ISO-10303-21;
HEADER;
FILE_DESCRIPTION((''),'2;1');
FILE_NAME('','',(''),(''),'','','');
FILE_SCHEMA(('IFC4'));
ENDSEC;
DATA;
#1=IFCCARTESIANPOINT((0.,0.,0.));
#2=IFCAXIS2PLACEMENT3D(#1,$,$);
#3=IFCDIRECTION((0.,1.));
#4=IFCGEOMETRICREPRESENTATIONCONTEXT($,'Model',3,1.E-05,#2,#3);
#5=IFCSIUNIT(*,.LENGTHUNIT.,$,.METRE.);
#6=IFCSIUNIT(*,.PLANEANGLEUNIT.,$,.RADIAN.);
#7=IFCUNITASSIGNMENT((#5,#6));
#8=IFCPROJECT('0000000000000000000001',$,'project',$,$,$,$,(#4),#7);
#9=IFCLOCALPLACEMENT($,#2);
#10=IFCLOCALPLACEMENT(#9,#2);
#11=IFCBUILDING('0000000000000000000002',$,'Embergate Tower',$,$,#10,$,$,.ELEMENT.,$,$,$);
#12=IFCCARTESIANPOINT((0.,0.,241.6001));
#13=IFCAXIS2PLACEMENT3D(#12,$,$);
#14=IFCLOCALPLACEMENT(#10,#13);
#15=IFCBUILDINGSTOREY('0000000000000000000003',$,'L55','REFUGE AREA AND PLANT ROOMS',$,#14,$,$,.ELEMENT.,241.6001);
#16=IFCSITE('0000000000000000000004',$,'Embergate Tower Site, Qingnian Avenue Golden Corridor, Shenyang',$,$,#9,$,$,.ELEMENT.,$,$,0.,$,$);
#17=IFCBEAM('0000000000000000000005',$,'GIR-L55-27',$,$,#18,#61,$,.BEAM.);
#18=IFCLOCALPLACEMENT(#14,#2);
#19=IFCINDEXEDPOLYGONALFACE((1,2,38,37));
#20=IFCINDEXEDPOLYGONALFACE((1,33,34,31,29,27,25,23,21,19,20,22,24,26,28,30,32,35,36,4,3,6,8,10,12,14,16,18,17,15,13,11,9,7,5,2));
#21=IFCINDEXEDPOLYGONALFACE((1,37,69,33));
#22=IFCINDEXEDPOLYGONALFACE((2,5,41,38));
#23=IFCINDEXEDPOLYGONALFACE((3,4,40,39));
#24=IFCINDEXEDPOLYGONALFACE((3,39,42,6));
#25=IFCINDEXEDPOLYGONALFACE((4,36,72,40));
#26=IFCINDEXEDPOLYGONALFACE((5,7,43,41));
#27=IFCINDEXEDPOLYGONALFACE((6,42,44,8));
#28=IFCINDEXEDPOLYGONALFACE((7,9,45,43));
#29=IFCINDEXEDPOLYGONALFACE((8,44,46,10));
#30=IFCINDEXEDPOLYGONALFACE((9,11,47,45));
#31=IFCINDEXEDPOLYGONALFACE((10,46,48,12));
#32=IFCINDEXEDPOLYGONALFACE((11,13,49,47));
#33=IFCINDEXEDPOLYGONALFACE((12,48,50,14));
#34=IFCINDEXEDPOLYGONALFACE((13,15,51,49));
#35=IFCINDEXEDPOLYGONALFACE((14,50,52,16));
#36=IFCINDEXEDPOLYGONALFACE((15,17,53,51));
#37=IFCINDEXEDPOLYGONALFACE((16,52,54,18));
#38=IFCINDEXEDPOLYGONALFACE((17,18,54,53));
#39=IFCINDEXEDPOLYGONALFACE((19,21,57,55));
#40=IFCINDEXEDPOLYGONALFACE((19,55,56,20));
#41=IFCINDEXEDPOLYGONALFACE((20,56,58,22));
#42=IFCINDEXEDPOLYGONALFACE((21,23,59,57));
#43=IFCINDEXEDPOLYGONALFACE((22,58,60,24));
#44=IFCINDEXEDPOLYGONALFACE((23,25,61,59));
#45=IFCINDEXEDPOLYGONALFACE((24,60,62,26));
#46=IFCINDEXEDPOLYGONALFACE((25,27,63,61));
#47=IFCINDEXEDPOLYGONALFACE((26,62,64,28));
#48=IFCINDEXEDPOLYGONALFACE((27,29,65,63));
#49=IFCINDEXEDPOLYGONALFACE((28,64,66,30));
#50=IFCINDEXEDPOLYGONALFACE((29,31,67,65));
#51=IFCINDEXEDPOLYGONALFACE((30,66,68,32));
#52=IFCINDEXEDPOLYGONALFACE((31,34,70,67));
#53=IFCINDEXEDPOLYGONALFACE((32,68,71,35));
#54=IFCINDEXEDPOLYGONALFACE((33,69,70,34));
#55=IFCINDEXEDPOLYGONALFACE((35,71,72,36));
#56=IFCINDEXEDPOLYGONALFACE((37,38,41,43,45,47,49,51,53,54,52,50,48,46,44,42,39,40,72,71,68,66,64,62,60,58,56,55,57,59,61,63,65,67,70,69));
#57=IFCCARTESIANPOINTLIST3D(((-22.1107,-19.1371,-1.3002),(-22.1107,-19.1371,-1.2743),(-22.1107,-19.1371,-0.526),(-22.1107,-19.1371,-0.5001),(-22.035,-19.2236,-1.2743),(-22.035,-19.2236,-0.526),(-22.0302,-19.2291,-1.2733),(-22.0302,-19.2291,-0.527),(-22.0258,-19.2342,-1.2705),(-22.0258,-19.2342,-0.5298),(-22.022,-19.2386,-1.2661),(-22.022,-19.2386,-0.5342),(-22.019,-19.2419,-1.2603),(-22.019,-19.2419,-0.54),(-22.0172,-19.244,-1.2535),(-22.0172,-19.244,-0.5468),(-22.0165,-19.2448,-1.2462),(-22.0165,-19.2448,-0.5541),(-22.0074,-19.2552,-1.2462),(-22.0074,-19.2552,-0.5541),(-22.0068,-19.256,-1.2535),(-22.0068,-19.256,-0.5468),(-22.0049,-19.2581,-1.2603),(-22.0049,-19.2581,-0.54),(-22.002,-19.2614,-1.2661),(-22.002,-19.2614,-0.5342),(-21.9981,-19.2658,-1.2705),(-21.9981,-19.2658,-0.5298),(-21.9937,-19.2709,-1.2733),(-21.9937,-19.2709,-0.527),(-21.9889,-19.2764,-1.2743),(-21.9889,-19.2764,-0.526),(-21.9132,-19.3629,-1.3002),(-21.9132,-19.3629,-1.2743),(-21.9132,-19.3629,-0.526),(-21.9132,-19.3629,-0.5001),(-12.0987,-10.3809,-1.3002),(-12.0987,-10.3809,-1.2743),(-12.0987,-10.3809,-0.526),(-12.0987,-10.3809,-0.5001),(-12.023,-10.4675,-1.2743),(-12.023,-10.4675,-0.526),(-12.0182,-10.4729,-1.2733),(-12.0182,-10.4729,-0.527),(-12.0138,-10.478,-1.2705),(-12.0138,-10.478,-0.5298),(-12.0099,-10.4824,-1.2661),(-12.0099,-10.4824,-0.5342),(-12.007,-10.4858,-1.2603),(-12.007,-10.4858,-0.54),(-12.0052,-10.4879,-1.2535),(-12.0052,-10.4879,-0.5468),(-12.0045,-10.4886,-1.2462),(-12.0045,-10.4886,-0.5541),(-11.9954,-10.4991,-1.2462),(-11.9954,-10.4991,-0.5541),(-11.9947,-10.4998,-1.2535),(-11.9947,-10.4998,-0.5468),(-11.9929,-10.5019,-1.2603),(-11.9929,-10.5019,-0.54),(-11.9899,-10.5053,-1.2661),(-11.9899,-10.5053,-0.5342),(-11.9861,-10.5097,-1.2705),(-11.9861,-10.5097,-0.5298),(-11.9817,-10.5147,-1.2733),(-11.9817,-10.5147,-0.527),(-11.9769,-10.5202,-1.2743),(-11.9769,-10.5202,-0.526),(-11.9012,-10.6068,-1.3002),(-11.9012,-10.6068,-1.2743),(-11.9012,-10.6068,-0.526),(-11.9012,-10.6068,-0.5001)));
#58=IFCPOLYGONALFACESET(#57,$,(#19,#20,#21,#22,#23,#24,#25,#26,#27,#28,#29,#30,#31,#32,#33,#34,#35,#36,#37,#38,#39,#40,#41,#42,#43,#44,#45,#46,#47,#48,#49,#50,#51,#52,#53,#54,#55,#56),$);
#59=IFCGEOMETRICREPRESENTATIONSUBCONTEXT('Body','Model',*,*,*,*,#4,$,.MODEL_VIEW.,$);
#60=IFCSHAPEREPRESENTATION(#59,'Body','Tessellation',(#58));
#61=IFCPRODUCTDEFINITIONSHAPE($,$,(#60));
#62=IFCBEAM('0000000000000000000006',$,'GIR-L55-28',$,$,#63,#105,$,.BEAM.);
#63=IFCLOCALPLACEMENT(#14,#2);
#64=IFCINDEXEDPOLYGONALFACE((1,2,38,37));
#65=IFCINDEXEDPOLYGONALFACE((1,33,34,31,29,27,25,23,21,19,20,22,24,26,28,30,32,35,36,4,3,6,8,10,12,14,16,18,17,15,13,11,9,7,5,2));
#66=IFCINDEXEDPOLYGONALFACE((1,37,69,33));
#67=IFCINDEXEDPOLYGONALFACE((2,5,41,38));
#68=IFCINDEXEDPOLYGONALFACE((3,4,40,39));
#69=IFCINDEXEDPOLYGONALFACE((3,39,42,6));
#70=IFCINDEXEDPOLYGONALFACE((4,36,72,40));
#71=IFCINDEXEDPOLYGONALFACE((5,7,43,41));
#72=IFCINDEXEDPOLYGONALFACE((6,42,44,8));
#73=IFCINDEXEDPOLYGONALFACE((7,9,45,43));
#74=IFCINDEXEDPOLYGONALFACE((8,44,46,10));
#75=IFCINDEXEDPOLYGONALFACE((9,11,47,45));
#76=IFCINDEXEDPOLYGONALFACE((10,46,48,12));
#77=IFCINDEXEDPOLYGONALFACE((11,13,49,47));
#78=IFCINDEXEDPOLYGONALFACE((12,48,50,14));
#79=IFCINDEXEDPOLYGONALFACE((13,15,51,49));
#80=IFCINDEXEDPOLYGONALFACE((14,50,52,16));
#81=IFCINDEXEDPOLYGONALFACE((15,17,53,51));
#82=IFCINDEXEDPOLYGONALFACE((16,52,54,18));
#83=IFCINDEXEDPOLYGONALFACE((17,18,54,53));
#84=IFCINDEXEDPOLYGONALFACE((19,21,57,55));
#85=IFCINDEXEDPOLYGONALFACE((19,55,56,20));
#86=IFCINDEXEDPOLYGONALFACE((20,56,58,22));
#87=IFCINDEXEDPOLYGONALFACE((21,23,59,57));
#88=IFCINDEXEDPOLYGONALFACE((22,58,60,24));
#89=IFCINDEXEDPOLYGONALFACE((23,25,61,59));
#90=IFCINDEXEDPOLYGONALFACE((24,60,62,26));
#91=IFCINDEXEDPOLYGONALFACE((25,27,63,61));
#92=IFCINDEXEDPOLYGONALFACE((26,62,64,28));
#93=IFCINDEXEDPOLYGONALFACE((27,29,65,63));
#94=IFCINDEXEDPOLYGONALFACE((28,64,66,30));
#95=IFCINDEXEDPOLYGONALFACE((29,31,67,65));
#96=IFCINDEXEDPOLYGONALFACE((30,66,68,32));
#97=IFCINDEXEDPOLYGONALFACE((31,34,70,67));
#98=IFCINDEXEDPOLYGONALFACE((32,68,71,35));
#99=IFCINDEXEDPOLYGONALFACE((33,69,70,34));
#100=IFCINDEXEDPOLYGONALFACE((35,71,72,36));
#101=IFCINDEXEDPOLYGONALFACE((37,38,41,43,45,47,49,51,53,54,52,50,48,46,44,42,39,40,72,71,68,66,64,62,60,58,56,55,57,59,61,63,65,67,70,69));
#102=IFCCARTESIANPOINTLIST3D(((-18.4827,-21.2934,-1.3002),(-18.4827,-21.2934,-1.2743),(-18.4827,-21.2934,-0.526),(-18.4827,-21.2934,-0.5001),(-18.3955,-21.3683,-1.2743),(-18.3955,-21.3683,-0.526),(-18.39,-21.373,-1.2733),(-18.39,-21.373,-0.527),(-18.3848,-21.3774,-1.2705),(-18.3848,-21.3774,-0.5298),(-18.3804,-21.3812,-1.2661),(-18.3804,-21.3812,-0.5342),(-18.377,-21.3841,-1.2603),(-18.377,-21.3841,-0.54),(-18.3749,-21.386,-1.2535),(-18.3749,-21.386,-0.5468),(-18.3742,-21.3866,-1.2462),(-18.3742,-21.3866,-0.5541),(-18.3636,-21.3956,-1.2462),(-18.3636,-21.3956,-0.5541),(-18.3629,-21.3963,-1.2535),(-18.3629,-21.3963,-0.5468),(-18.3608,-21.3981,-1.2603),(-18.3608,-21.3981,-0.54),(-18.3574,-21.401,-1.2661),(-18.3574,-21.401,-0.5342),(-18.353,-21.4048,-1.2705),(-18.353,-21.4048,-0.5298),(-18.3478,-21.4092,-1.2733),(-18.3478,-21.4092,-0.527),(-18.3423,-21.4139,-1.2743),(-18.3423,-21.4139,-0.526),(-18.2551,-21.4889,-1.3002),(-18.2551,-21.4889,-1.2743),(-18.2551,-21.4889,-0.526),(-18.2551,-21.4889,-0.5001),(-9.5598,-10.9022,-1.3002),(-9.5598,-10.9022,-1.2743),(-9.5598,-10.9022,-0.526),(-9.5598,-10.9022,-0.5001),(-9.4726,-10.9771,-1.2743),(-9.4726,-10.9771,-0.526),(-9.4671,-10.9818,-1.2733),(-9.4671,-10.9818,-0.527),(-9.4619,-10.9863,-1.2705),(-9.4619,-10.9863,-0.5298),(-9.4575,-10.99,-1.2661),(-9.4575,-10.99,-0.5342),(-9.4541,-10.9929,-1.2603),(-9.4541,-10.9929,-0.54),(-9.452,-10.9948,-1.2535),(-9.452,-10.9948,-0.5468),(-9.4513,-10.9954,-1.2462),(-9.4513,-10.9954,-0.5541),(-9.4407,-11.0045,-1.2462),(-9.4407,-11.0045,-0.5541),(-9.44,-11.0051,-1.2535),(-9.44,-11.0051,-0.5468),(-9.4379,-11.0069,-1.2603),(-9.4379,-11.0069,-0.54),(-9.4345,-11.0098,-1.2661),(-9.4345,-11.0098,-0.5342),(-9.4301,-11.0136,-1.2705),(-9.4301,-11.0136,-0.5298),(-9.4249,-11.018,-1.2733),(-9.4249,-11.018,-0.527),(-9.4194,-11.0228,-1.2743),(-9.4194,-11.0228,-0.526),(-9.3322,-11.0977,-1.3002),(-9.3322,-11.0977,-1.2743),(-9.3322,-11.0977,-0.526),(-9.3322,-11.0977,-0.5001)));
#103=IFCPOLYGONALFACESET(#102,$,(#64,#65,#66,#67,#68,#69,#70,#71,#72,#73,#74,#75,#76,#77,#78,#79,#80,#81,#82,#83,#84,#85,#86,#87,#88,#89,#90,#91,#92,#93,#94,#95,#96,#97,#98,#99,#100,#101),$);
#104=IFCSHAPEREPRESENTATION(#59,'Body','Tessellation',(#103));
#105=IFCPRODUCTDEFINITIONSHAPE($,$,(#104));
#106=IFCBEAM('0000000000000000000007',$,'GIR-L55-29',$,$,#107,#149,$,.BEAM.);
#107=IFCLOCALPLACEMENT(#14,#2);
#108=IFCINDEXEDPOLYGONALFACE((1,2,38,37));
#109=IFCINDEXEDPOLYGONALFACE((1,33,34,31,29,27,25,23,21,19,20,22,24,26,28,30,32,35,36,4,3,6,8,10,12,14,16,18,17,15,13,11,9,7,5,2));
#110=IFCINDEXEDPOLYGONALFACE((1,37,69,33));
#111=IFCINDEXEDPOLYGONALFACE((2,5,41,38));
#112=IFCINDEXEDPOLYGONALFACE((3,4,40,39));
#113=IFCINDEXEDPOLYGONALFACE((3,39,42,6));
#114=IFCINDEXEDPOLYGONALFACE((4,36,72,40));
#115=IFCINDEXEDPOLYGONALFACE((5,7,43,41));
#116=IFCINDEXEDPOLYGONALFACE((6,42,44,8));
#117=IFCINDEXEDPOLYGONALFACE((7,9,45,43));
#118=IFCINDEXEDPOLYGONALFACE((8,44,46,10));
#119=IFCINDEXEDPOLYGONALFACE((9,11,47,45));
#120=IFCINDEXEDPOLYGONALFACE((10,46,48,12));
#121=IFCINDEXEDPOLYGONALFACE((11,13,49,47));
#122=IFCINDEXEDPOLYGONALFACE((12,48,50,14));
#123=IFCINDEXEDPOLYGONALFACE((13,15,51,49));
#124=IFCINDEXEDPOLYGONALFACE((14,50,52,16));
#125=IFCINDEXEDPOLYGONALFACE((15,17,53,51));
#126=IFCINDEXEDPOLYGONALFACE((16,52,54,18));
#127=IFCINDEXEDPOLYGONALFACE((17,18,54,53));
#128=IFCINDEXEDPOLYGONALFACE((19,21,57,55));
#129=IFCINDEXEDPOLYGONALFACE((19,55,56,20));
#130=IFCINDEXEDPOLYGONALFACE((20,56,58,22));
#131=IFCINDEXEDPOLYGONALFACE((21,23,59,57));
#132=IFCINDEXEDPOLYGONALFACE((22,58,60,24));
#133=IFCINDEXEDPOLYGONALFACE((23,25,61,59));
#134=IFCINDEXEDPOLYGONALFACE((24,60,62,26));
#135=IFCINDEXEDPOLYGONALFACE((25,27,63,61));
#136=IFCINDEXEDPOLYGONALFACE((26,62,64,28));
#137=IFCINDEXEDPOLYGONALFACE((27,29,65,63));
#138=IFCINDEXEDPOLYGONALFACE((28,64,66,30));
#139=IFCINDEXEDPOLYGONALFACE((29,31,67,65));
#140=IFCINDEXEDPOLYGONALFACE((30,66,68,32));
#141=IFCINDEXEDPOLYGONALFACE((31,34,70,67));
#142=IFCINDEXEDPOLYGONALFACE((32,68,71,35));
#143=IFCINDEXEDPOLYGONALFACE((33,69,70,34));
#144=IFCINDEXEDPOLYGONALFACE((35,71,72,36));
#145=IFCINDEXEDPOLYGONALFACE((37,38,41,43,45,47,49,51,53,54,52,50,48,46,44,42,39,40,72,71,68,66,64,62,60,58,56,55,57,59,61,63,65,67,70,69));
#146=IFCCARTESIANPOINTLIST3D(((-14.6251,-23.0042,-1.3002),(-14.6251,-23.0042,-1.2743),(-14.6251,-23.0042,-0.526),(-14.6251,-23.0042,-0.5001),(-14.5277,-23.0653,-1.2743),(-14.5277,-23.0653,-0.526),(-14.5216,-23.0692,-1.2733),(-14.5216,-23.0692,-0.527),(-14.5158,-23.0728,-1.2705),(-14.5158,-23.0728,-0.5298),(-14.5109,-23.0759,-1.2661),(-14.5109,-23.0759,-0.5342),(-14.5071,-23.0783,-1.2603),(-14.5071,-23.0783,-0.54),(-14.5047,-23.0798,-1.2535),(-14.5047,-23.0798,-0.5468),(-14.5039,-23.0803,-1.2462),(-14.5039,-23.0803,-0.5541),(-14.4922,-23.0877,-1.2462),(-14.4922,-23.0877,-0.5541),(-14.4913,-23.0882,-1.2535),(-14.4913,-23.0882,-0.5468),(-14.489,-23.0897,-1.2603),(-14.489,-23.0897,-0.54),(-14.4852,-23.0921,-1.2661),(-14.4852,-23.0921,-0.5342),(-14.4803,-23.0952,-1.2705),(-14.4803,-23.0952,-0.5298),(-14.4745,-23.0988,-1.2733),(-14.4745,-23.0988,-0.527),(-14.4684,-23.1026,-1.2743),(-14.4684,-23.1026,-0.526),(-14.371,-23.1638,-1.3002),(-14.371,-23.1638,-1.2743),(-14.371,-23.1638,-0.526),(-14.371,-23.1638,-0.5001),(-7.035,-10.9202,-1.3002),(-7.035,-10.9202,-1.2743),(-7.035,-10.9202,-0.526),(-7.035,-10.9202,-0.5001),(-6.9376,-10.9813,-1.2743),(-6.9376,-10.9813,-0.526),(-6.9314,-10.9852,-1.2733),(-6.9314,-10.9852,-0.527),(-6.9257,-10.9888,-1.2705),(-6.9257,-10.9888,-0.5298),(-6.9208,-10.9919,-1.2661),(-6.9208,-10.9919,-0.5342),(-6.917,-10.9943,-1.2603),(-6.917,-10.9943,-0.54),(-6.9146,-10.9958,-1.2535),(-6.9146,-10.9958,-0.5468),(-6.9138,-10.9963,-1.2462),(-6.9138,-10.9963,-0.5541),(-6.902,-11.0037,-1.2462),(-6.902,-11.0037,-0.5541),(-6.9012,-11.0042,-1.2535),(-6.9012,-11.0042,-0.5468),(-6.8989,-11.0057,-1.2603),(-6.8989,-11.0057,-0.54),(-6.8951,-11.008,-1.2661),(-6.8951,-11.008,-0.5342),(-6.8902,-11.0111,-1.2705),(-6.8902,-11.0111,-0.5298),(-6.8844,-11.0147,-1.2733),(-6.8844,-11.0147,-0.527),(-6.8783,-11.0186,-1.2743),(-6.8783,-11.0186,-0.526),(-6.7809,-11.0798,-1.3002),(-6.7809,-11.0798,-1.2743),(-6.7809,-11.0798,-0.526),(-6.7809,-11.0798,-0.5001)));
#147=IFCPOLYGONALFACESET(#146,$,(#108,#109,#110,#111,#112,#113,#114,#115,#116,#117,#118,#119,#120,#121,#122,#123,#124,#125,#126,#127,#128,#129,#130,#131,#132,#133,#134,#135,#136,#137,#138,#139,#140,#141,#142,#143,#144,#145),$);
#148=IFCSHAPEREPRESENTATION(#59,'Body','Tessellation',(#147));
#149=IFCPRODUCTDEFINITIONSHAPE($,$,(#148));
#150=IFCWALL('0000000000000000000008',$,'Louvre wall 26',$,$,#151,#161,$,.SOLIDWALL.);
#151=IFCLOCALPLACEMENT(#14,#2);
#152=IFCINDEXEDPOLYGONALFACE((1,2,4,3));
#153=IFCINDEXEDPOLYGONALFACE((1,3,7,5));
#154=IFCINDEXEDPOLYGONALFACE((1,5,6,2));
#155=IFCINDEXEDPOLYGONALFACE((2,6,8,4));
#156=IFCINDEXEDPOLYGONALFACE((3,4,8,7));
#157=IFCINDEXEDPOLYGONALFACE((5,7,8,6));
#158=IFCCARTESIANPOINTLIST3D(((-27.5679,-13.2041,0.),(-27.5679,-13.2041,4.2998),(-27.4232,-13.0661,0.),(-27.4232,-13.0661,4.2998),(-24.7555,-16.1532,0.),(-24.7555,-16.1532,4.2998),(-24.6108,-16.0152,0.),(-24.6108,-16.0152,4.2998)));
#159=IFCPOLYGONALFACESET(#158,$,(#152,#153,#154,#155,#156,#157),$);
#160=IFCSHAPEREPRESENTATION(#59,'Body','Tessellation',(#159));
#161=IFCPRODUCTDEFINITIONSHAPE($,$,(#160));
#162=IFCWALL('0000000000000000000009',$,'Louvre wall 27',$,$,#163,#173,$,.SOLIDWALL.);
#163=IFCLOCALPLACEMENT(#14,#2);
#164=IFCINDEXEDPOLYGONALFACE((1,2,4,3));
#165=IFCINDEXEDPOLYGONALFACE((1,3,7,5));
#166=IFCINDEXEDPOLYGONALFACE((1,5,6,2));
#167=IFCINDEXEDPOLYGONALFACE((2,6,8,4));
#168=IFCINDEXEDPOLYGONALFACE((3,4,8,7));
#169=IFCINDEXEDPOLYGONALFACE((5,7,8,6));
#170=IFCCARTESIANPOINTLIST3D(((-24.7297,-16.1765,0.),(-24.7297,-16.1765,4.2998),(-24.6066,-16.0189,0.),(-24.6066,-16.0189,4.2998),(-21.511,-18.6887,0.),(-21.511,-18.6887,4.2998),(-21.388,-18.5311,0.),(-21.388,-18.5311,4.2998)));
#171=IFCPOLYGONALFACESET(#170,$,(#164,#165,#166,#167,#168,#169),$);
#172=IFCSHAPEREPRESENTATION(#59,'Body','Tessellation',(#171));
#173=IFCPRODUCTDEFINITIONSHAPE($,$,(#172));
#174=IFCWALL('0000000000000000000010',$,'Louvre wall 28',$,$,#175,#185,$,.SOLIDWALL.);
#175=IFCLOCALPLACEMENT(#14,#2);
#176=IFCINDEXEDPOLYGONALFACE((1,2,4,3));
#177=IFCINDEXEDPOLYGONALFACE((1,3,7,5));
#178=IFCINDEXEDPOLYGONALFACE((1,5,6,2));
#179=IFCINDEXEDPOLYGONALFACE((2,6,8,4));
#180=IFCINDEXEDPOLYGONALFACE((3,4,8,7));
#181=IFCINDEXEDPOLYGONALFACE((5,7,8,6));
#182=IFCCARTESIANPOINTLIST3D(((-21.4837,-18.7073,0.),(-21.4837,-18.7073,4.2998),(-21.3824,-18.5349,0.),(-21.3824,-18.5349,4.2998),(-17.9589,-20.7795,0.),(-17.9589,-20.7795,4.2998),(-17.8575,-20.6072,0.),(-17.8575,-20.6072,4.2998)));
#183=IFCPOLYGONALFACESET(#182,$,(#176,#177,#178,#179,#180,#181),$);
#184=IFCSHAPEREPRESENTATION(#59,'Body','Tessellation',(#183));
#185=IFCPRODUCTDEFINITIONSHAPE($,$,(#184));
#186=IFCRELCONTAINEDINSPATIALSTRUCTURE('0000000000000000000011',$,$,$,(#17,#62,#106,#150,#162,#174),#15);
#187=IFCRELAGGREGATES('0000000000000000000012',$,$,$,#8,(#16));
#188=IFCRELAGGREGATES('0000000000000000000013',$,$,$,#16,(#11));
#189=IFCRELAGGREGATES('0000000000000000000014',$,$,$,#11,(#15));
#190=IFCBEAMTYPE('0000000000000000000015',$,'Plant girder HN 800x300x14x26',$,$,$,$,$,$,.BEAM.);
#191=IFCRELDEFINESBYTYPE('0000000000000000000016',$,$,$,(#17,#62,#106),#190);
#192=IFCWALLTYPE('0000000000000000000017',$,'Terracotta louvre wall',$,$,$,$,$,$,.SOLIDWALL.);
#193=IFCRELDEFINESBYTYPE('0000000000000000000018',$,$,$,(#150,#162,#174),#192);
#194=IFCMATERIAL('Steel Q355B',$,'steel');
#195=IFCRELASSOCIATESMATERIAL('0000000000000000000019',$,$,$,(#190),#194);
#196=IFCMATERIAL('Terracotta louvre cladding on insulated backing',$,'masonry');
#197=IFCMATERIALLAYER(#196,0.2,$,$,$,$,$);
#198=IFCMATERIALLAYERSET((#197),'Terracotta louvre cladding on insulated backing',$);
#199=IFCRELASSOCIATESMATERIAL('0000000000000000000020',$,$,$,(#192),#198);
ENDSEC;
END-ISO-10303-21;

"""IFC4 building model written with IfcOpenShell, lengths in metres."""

from ifc_helpers import new_model, si_unit, direction, frame, frame_2d, origin, origin_2d, place, context, subcontext, project, spatial, rectangle, i_section, extrude, source, transform, mapped, material, layer, layer_set, material_profile, profile_set, type_object, element, save


model = new_model("IFC4")

# Units and contexts
model_context = context("Model", 3, precision=1e-05, world=origin(), true_north=direction((0.0, 1.0)))
body_context = subcontext(model_context, "Body", "Model", "MODEL_VIEW")
ifc_project = project(units=[si_unit("LENGTHUNIT", "METRE"), si_unit("PLANEANGLEUNIT", "RADIAN")], contexts=[model_context])

# Site, building, storey
site_placement = place(None, origin())
site = spatial("IfcSite", under=ifc_project, at=site_placement, Name="Embergate Tower Site, Qingnian Avenue Golden Corridor, Shenyang", CompositionType="ELEMENT", RefElevation=0.0)
building_placement = place(site_placement, origin())
building = spatial("IfcBuilding", under=site, at=building_placement, Name="Embergate Tower", CompositionType="ELEMENT")
storey_placement = place(building_placement, frame((0.0, 0.0, 241.6001)))
storey = spatial("IfcBuildingStorey", under=building, at=storey_placement, Name="L55", Description="REFUGE AREA AND PLANT ROOMS", CompositionType="ELEMENT", Elevation=241.6001)

# Beams
ifc_material_1 = material(Name="Steel Q355B", Category="steel")
ifc_material_profile_1 = material_profile(ifc_material_1, i_section(OverallWidth=0.3, OverallDepth=0.8, WebThickness=0.0139, FlangeThickness=0.0259, FilletRadius=0.0281, at=origin_2d()), Name="HN 800x300x14x26")
ifc_profile_set_1 = profile_set([ifc_material_profile_1], Name="Steel Q355 grade B")
beam_type_1 = type_object("IfcBeamType", Name="Plant girder HN 800x300x14x26", PredefinedType="BEAM", material=ifc_profile_set_1)
shared_shape_1 = source(origin(), body_context, "Body", "SweptSolid", [
    extrude(i_section(OverallWidth=0.3, OverallDepth=0.8, WebThickness=0.0139, FlangeThickness=0.0259, FilletRadius=0.0281, at=origin_2d()), origin(), (0.0, 0.0, 1.0), 13.3008),
])
beam_1_placement = place(storey_placement, frame((-22.012, -19.25, -0.9001), z_axis=(0.752739, 0.658319, 0.0), x_axis=(-0.658319, 0.752739, 0.0)))
element("IfcBeam", 1, at=beam_1_placement, inside=storey, type_object=beam_type_1, Name="GIR-L55-27", PredefinedType="BEAM", context=body_context, shape_type="MappedRepresentation", body=[
    mapped(shared_shape_1, transform((0.0, 0.0, 0.0))),
])
shared_shape_2 = source(origin(), body_context, "Body", "SweptSolid", [
    extrude(i_section(OverallWidth=0.3, OverallDepth=0.8, WebThickness=0.0139, FlangeThickness=0.0259, FilletRadius=0.0281, at=origin_2d()), origin(), (0.0, 0.0, 1.0), 13.6965),
])
beam_2_placement = place(storey_placement, frame((-18.3689, -21.3911, -0.9001), z_axis=(0.651472, 0.758672, 0.0), x_axis=(-0.758672, 0.651472, 0.0)))
element("IfcBeam", 2, at=beam_2_placement, inside=storey, type_object=beam_type_1, Name="GIR-L55-28", PredefinedType="BEAM", context=body_context, shape_type="MappedRepresentation", body=[
    mapped(shared_shape_2, transform((0.0, 0.0, 0.0))),
])
shared_shape_3 = source(origin(), body_context, "Body", "SweptSolid", [
    extrude(i_section(OverallWidth=0.3, OverallDepth=0.8, WebThickness=0.0139, FlangeThickness=0.0259, FilletRadius=0.0281, at=origin_2d()), origin(), (0.0, 0.0, 1.0), 14.27),
])
beam_3_placement = place(storey_placement, frame((-14.498, -23.084, -0.9001), z_axis=(0.531892, 0.846812, 0.0), x_axis=(-0.846812, 0.531892, 0.0)))
element("IfcBeam", 3, at=beam_3_placement, inside=storey, type_object=beam_type_1, Name="GIR-L55-29", PredefinedType="BEAM", context=body_context, shape_type="MappedRepresentation", body=[
    mapped(shared_shape_3, transform((0.0, 0.0, 0.0))),
])

# Walls
ifc_material_2 = material(Name="Terracotta louvre cladding on insulated backing", Category="masonry")
ifc_layer_1 = layer(ifc_material_2, 0.2)
ifc_layer_set_1 = layer_set([ifc_layer_1], Name="Terracotta louvre cladding on insulated backing")
wall_type = type_object("IfcWallType", Name="Terracotta louvre wall", PredefinedType="SOLIDWALL", material=ifc_layer_set_1)
shared_shape_4 = source(origin(), body_context, "Body", "SweptSolid", [
    extrude(rectangle(XDim=4.0752, YDim=0.2, at=frame_2d((2.0376, 0.0))), origin(), (0.0, 0.0, 1.0), 4.2998),
])
wall_1_placement = place(storey_placement, frame((-24.6831, -16.0842, 0.0), z_axis=(0.0, 0.0, 1.0), x_axis=(-0.690134, 0.723682, 0.0)))
element("IfcWall", 4, at=wall_1_placement, inside=storey, type_object=wall_type, Name="Louvre wall 26", PredefinedType="SOLIDWALL", context=body_context, shape_type="MappedRepresentation", body=[
    mapped(shared_shape_4, transform((0.0, 0.0, 0.0))),
])
shared_shape_5 = source(origin(), body_context, "Body", "SweptSolid", [
    extrude(rectangle(XDim=4.083, YDim=0.2, at=frame_2d((2.0415, 0.0))), origin(), (0.0, 0.0, 1.0), 4.2998),
])
wall_2_placement = place(storey_placement, frame((-21.4495, -18.6099, 0.0), z_axis=(0.0, 0.0, 1.0), x_axis=(-0.788314, 0.615273, 0.0)))
element("IfcWall", 5, at=wall_2_placement, inside=storey, type_object=wall_type, Name="Louvre wall 27", PredefinedType="SOLIDWALL", context=body_context, shape_type="MappedRepresentation", body=[
    mapped(shared_shape_5, transform((0.0, 0.0, 0.0))),
])
shared_shape_6 = source(origin(), body_context, "Body", "SweptSolid", [
    extrude(rectangle(XDim=4.0889, YDim=0.2, at=frame_2d((2.0444, 0.0))), origin(), (0.0, 0.0, 1.0), 4.2998),
])
wall_3_placement = place(storey_placement, frame((-17.9082, -20.6934, 0.0), z_axis=(0.0, 0.0, 1.0), x_axis=(-0.862063, 0.506801, 0.0)))
element("IfcWall", 6, at=wall_3_placement, inside=storey, type_object=wall_type, Name="Louvre wall 28", PredefinedType="SOLIDWALL", context=body_context, shape_type="MappedRepresentation", body=[
    mapped(shared_shape_6, transform((0.0, 0.0, 0.0))),
])

save(model, "model.ifc")
